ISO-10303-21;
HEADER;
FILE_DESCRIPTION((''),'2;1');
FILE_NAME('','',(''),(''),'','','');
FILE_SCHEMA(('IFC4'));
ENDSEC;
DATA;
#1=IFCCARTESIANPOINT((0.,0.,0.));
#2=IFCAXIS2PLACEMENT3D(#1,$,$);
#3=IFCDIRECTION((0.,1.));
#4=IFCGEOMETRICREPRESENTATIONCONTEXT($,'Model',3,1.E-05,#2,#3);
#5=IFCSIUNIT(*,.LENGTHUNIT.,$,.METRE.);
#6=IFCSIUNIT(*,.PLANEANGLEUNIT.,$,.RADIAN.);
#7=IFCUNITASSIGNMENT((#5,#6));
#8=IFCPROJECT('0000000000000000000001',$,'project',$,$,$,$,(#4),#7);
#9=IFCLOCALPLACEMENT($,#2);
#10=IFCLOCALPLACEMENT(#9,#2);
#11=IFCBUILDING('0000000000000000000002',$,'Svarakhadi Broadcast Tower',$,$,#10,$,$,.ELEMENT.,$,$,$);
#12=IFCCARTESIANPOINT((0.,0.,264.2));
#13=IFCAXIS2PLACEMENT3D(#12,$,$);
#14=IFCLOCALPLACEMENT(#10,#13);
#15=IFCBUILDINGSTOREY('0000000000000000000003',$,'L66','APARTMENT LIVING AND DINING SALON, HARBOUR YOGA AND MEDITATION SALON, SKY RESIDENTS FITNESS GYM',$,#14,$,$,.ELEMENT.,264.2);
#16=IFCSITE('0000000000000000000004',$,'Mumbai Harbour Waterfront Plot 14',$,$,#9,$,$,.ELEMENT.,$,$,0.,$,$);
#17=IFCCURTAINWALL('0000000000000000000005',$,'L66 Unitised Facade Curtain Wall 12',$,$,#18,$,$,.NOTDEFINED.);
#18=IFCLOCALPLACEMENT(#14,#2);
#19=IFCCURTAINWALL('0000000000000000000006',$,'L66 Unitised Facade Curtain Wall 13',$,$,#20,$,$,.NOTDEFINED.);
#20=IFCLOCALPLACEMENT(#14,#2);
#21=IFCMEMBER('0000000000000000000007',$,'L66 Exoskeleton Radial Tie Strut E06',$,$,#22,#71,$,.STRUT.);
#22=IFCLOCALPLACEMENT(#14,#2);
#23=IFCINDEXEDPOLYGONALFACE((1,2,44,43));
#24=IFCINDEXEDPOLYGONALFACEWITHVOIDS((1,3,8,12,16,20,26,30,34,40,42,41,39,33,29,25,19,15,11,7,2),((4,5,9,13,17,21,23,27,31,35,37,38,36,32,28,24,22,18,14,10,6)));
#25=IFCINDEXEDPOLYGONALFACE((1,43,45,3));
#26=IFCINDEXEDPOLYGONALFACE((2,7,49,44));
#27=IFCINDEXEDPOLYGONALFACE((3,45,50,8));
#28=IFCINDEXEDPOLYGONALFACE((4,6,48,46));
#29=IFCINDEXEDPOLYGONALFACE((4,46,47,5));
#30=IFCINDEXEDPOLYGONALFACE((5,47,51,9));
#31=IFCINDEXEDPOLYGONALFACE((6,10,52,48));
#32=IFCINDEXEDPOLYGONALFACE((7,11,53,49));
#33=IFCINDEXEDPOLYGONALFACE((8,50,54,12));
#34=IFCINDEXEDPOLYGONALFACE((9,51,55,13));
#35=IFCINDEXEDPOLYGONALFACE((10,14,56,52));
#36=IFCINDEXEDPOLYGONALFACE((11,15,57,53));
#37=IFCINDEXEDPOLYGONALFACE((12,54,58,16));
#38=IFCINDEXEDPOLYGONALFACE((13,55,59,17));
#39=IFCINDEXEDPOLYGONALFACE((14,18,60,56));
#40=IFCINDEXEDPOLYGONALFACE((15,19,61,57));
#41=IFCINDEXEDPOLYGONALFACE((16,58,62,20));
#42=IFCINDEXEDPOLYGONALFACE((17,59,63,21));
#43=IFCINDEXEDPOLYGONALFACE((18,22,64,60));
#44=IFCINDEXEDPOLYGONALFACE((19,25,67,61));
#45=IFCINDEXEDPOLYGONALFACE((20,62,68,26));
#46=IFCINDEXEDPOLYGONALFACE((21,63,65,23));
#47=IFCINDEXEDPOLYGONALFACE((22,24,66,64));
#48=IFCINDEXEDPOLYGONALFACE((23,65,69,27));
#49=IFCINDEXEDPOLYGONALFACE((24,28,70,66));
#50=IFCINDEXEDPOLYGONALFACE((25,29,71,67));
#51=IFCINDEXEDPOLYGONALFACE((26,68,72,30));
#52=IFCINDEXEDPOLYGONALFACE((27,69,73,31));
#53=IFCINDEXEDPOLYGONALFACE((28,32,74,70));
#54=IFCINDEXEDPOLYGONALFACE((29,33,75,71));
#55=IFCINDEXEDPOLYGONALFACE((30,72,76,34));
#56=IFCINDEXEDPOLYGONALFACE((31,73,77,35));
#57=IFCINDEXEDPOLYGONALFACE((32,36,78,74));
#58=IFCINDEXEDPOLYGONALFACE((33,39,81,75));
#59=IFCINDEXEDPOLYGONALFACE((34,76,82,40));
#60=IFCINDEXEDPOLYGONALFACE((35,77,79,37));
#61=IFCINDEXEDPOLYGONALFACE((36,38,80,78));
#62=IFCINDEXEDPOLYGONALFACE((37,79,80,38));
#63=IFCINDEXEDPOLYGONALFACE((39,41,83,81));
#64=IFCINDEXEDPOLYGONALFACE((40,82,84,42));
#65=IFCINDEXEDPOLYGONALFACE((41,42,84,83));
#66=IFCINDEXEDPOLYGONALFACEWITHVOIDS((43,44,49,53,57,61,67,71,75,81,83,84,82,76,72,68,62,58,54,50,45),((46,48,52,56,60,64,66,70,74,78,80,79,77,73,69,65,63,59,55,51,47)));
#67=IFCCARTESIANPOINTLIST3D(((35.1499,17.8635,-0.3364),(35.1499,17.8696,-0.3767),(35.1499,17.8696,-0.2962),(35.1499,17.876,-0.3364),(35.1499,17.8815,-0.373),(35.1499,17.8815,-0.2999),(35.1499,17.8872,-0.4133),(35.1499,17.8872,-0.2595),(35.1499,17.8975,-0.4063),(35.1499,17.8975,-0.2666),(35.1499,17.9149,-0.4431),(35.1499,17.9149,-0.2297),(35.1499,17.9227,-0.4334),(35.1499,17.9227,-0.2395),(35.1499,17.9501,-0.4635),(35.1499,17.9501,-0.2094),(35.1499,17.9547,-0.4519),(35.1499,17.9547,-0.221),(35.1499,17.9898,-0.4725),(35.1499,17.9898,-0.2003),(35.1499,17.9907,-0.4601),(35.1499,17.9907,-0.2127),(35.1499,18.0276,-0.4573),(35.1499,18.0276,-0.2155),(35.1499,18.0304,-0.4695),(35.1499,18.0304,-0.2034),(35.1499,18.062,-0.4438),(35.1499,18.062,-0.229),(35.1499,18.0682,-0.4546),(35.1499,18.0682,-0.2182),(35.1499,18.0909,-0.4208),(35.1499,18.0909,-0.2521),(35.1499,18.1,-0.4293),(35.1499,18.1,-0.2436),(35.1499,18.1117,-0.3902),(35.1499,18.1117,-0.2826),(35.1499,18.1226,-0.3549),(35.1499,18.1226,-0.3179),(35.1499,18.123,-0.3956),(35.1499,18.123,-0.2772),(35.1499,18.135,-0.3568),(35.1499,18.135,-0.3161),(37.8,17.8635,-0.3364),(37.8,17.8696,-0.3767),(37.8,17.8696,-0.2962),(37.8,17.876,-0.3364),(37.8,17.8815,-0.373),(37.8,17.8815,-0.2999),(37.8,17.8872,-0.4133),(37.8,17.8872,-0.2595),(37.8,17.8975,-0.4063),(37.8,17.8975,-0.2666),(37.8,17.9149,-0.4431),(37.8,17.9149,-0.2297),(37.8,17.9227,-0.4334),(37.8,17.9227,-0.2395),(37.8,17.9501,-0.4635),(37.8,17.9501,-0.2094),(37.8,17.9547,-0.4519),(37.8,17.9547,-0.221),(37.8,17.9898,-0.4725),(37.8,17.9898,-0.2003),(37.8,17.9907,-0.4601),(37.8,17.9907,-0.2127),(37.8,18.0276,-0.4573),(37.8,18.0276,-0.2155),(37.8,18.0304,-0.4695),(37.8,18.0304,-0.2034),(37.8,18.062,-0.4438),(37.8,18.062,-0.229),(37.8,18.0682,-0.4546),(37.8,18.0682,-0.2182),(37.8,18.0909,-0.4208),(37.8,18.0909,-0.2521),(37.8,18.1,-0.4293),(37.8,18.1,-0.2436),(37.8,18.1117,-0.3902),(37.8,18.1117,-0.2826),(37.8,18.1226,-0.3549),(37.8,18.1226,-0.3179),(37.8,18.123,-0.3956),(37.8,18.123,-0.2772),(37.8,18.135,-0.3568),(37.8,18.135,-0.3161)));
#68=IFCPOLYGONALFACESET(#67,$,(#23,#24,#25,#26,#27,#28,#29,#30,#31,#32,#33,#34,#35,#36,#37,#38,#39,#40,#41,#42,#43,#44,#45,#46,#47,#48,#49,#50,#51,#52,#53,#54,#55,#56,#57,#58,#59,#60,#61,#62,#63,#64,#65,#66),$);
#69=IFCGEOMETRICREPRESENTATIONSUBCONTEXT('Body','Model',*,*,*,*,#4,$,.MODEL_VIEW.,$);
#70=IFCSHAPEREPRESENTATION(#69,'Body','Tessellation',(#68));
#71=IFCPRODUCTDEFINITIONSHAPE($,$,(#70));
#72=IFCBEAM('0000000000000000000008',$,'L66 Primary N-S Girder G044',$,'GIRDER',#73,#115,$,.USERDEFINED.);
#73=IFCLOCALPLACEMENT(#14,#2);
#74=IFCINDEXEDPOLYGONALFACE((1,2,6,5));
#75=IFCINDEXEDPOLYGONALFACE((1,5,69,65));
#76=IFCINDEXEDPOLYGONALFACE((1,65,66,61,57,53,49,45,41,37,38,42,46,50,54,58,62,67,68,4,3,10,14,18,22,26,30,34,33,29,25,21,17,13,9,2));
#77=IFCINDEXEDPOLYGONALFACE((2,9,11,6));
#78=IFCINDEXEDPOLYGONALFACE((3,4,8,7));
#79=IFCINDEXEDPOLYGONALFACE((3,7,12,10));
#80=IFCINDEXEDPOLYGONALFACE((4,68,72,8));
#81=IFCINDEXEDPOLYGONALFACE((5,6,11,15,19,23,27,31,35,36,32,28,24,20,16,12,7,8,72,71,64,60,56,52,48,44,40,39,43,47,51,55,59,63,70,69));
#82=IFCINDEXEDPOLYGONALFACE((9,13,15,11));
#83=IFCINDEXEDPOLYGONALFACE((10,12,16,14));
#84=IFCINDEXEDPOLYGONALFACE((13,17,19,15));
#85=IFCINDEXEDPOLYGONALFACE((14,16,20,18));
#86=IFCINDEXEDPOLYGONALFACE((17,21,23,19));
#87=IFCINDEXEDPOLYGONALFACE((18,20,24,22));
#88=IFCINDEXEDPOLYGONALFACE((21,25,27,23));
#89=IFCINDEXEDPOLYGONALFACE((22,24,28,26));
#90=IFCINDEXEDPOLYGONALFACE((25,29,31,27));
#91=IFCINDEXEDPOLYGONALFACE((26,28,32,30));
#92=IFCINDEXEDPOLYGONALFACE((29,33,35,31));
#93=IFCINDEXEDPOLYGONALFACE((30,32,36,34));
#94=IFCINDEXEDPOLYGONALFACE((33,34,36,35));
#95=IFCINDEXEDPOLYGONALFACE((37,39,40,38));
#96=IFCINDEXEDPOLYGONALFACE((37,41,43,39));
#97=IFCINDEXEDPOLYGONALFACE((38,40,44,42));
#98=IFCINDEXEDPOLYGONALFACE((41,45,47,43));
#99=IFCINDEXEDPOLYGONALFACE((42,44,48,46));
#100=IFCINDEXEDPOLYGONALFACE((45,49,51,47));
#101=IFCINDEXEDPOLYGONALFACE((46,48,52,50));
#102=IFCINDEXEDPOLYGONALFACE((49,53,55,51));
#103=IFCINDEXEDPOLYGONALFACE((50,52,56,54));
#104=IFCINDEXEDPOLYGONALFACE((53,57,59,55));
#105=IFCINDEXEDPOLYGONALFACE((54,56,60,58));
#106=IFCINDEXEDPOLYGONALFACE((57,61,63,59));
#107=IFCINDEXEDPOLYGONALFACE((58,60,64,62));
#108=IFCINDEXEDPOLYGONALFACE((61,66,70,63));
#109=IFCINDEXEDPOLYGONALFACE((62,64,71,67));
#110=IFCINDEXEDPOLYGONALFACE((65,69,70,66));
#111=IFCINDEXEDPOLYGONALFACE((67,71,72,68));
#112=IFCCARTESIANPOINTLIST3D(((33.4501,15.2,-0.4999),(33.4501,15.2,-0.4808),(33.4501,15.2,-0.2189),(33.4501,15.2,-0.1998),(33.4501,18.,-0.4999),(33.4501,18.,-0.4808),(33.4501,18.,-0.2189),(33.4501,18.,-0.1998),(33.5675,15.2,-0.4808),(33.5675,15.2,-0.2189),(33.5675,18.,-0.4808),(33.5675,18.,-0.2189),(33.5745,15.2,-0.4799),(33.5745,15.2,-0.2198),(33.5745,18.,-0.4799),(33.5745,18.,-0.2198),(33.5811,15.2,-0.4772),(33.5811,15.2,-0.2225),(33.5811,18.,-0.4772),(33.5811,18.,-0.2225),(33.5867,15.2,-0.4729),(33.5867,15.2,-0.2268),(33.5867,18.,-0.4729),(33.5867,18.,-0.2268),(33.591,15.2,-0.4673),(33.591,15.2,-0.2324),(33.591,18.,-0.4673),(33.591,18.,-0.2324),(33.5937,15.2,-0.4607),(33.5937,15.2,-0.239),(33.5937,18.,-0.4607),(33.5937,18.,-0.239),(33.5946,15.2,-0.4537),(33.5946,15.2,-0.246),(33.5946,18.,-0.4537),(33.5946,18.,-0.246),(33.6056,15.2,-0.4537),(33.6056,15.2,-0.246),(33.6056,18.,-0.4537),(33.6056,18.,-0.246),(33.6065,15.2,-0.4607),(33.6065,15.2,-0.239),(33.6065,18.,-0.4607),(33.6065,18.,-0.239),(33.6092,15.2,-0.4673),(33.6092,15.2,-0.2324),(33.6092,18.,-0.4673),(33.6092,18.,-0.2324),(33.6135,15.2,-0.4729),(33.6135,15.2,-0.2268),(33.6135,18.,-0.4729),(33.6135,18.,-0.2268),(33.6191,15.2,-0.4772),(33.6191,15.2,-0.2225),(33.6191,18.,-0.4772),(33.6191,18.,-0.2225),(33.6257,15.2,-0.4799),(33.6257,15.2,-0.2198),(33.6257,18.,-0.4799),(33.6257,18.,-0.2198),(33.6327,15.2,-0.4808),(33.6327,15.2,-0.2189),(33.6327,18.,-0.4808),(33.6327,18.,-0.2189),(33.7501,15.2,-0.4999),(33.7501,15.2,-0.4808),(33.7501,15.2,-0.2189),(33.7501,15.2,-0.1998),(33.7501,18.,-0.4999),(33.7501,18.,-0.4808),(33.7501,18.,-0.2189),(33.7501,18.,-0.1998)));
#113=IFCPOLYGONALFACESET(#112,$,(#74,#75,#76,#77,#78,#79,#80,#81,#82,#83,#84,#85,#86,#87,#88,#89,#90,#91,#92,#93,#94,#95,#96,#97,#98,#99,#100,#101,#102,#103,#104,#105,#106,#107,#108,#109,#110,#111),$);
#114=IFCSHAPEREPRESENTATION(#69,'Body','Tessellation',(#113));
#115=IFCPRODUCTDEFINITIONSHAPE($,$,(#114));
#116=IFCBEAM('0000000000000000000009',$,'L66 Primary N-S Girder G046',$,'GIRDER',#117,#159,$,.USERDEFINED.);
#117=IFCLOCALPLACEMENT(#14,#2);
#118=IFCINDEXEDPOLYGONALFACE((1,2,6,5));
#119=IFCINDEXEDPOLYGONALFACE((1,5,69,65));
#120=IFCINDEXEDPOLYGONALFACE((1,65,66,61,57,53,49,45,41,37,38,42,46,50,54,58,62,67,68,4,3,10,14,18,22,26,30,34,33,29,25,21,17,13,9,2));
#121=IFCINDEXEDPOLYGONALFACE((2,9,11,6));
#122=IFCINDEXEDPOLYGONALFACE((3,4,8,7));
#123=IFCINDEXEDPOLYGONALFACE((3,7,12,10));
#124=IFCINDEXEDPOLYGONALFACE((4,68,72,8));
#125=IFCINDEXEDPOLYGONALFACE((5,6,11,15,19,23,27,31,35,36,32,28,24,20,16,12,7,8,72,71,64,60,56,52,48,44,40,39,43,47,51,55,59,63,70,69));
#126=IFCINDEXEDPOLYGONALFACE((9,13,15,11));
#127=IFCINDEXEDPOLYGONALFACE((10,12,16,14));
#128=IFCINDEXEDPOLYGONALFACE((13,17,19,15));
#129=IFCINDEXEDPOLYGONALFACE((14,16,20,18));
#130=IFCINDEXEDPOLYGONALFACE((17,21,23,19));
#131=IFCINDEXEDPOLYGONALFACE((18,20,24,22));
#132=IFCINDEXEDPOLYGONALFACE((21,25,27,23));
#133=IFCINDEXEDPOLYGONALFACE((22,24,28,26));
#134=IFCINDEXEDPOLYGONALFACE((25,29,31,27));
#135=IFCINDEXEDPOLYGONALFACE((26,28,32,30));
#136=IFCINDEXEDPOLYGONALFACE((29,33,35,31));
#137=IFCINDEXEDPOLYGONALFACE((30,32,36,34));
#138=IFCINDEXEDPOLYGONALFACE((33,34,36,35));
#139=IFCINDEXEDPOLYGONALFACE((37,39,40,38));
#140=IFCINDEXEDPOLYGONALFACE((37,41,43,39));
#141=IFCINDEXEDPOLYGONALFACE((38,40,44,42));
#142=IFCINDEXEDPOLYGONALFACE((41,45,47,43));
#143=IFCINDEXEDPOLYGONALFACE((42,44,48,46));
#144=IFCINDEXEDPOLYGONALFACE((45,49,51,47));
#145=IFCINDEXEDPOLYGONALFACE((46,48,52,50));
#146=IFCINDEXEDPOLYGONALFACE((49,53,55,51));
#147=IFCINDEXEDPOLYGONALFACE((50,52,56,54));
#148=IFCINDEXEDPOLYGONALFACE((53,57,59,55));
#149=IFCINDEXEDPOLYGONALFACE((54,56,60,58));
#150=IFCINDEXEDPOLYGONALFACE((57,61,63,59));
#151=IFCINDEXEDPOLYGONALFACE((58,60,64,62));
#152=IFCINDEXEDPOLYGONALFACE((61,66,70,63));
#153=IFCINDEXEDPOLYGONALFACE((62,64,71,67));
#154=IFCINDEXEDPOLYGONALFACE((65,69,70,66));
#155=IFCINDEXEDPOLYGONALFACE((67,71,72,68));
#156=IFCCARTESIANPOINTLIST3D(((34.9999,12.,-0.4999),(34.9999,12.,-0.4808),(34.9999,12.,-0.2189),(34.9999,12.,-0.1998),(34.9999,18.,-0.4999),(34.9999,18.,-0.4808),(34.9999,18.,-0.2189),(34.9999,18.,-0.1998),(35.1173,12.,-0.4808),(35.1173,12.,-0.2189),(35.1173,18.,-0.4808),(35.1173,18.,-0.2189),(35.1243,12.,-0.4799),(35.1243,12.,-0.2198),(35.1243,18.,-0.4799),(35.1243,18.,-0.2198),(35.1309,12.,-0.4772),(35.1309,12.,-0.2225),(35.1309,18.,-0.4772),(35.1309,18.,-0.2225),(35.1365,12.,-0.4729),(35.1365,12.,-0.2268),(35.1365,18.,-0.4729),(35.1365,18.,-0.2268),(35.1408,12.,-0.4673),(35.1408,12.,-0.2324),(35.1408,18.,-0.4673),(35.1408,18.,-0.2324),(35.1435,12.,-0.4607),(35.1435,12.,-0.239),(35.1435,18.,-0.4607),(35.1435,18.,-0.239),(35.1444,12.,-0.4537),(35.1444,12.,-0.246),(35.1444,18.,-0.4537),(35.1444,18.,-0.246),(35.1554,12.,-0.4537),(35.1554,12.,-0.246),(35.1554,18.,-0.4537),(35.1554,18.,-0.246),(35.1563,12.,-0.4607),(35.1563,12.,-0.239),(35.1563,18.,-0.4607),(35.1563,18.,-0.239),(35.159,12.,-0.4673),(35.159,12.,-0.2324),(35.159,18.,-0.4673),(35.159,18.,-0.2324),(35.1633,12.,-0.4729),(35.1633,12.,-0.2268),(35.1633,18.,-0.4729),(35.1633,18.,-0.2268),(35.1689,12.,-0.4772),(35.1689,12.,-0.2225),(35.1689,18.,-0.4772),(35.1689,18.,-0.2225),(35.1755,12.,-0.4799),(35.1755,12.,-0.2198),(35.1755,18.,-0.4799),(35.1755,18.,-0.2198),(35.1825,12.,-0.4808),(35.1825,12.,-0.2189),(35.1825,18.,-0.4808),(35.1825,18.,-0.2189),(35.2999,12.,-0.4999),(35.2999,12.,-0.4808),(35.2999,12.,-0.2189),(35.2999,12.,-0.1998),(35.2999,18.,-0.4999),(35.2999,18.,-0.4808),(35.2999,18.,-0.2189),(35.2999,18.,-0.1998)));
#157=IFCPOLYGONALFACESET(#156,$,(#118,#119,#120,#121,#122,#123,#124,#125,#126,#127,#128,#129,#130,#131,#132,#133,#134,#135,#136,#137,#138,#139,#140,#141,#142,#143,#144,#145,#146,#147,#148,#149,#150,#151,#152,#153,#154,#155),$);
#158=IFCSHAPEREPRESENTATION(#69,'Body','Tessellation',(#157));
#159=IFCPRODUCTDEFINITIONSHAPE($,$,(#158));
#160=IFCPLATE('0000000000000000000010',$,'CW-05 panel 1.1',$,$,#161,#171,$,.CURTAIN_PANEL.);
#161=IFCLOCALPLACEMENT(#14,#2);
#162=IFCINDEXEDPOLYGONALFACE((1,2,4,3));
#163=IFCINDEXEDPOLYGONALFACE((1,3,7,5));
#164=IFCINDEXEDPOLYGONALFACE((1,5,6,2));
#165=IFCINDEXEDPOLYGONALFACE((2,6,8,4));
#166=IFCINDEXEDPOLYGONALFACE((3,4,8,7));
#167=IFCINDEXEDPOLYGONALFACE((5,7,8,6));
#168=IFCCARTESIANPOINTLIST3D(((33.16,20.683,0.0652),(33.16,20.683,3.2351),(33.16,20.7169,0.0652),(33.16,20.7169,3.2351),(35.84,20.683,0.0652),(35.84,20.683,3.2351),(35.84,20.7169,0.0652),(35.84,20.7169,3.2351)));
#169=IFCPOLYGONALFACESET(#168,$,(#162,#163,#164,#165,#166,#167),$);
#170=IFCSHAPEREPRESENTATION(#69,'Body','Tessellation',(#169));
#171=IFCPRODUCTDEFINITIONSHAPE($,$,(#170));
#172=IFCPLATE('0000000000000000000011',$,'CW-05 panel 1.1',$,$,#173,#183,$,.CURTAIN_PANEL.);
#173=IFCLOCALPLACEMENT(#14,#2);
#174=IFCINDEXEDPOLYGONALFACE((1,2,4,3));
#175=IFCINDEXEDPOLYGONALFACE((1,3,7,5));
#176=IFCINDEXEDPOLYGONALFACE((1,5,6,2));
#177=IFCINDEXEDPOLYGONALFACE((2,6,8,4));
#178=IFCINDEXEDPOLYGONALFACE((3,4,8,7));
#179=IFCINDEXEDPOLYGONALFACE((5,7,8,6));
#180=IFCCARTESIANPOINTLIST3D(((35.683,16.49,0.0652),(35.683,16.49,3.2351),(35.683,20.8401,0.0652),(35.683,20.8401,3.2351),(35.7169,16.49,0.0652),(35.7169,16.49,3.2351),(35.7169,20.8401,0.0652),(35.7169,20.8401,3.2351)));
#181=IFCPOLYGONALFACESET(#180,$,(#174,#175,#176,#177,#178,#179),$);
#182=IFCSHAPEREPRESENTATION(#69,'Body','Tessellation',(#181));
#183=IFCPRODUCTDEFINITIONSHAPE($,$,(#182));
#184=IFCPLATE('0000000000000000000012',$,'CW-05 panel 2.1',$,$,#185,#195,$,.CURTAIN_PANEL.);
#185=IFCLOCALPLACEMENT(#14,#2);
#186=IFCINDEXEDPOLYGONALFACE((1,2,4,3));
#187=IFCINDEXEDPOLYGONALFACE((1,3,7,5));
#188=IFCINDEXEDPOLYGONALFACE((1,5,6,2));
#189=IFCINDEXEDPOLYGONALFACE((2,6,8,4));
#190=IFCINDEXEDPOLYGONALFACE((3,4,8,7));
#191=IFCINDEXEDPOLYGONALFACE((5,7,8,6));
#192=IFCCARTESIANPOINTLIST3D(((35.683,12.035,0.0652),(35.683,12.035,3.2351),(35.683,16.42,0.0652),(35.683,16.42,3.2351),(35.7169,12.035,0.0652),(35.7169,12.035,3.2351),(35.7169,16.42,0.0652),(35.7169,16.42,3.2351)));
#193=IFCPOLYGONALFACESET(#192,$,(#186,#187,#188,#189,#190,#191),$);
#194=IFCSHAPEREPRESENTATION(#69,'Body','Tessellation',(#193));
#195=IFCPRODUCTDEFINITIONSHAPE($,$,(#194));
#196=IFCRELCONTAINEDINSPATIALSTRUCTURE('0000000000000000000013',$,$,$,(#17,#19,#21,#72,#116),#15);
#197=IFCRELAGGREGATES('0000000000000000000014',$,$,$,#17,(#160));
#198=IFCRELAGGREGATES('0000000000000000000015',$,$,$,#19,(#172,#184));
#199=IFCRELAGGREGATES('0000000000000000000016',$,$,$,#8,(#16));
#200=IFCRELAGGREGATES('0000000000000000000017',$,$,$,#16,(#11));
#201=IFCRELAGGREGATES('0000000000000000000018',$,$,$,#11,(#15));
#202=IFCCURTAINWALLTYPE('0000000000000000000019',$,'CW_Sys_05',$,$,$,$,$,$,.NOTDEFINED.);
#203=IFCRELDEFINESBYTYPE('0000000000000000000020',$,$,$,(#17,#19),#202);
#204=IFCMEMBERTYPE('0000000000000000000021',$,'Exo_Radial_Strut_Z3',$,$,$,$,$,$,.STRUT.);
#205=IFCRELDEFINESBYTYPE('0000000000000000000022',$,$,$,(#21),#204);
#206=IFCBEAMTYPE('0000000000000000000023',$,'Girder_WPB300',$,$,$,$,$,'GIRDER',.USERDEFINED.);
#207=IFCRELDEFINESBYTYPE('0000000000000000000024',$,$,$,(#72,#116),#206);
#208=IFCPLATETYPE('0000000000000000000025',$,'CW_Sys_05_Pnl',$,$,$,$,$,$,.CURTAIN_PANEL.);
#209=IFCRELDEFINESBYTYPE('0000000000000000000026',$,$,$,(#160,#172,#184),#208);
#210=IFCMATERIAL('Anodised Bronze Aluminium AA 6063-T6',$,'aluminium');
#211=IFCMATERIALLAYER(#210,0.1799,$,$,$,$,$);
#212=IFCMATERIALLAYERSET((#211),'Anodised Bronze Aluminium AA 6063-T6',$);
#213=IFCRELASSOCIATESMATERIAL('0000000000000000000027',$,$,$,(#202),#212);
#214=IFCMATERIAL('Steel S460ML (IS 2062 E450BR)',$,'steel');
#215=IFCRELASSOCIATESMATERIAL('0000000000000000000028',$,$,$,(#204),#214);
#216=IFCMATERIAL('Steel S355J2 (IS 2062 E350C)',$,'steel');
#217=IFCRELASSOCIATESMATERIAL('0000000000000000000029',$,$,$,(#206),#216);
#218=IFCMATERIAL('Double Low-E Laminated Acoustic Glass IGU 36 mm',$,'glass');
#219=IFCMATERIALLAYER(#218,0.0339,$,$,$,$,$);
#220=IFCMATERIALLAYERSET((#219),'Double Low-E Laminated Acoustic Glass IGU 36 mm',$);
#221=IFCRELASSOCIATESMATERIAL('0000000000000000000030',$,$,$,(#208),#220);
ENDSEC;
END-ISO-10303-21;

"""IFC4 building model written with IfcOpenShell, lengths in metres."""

from ifc_helpers import new_model, si_unit, direction, frame, origin, origin_2d, place, context, subcontext, project, spatial, rectangle, hollow_circle, i_section, extrude, material, layer, layer_set, material_profile, profile_set, type_object, element, aggregate, save


model = new_model("IFC4")

# Units and contexts
model_context = context("Model", 3, precision=1e-05, world=origin(), true_north=direction((0.0, 1.0)))
body_context = subcontext(model_context, "Body", "Model", "MODEL_VIEW")
ifc_project = project(units=[si_unit("LENGTHUNIT", "METRE"), si_unit("PLANEANGLEUNIT", "RADIAN")], contexts=[model_context])

# Site, building, storey
site_placement = place(None, origin())
site = spatial("IfcSite", under=ifc_project, at=site_placement, Name="Mumbai Harbour Waterfront Plot 14", CompositionType="ELEMENT", RefElevation=0.0)
building_placement = place(site_placement, origin())
building = spatial("IfcBuilding", under=site, at=building_placement, Name="Svarakhadi Broadcast Tower", CompositionType="ELEMENT")
storey_placement = place(building_placement, frame((0.0, 0.0, 264.2)))
storey = spatial("IfcBuildingStorey", under=building, at=storey_placement, Name="L66", Description="APARTMENT LIVING AND DINING SALON, HARBOUR YOGA AND MEDITATION SALON, SKY RESIDENTS FITNESS GYM", CompositionType="ELEMENT", Elevation=264.2)

# Shared definitions
ifc_material_1 = material(Name="Steel S460ML (IS 2062 E450BR)", Category="steel")

# Curtain wall
ifc_material_2 = material(Name="Anodised Bronze Aluminium AA 6063-T6", Category="aluminium")
ifc_layer_1 = layer(ifc_material_2, 0.1799)
ifc_layer_set_1 = layer_set([ifc_layer_1], Name="Anodised Bronze Aluminium AA 6063-T6")
curtain_wall_type = type_object("IfcCurtainWallType", Name="CW_Sys_05", PredefinedType="NOTDEFINED", material=ifc_layer_set_1)
curtain_wall_1_placement = place(storey_placement, origin())
curtain_wall_1 = element("IfcCurtainWall", 1, at=curtain_wall_1_placement, inside=storey, type_object=curtain_wall_type, Name="L66 Unitised Facade Curtain Wall 12", PredefinedType="NOTDEFINED")

# Curtain wall
curtain_wall_2_placement = place(storey_placement, origin())
curtain_wall_2 = element("IfcCurtainWall", 2, at=curtain_wall_2_placement, inside=storey, type_object=curtain_wall_type, Name="L66 Unitised Facade Curtain Wall 13", PredefinedType="NOTDEFINED")

# Member
ifc_material_profile_1 = material_profile(ifc_material_1, hollow_circle(Radius=0.1365, WallThickness=0.0125, at=origin_2d()), Name="CHS 273x12.5")
ifc_profile_set_1 = profile_set([ifc_material_profile_1], Name="Steel S460ML (IS 2062 E450BR)")
member_type_1 = type_object("IfcMemberType", Name="Exo_Radial_Strut_Z3", PredefinedType="STRUT", material=ifc_profile_set_1)
member_1_placement = place(storey_placement, frame((37.8, 18.0, -0.3364), z_axis=(-1.0, 0.0, 0.0), x_axis=(0.0, -1.0, 0.0)))
element("IfcMember", 3, at=member_1_placement, inside=storey, type_object=member_type_1, Name="L66 Exoskeleton Radial Tie Strut E06", PredefinedType="STRUT", context=body_context, shape_type="SweptSolid", body=[
    extrude(hollow_circle(Radius=0.1365, WallThickness=0.0125, at=origin_2d()), origin(), (0.0, 0.0, 1.0), 2.6501),
])

# Beams
ifc_material_3 = material(Name="Steel S355J2 (IS 2062 E350C)", Category="steel")
ifc_material_profile_2 = material_profile(ifc_material_3, i_section(OverallWidth=0.3, OverallDepth=0.3, WebThickness=0.011, FlangeThickness=0.019, FilletRadius=0.0271, at=origin_2d()), Name="WPB 300x300x117")
ifc_profile_set_2 = profile_set([ifc_material_profile_2], Name="Steel S355J2 (IS 2062 E350C)")
beam_type = type_object("IfcBeamType", Name="Girder_WPB300", ElementType="GIRDER", PredefinedType="USERDEFINED", material=ifc_profile_set_2)
beam_1_placement = place(storey_placement, frame((33.6001, 15.2, -0.3499), z_axis=(0.0, 1.0, 0.0), x_axis=(-1.0, 0.0, 0.0)))
element("IfcBeam", 4, at=beam_1_placement, inside=storey, type_object=beam_type, Name="L66 Primary N-S Girder G044", ObjectType="GIRDER", PredefinedType="USERDEFINED", context=body_context, shape_type="SweptSolid", body=[
    extrude(i_section(OverallWidth=0.3, OverallDepth=0.3, WebThickness=0.011, FlangeThickness=0.019, FilletRadius=0.0271, at=origin_2d()), origin(), (0.0, 0.0, 1.0), 2.8),
])
beam_2_placement = place(storey_placement, frame((35.1499, 12.0, -0.3499), z_axis=(0.0, 1.0, 0.0), x_axis=(-1.0, 0.0, 0.0)))
element("IfcBeam", 5, at=beam_2_placement, inside=storey, type_object=beam_type, Name="L66 Primary N-S Girder G046", ObjectType="GIRDER", PredefinedType="USERDEFINED", context=body_context, shape_type="SweptSolid", body=[
    extrude(i_section(OverallWidth=0.3, OverallDepth=0.3, WebThickness=0.011, FlangeThickness=0.019, FilletRadius=0.0271, at=origin_2d()), origin(), (0.0, 0.0, 1.0), 6.0),
])

# Plates
ifc_material_4 = material(Name="Double Low-E Laminated Acoustic Glass IGU 36 mm", Category="glass")
ifc_layer_2 = layer(ifc_material_4, 0.0339)
ifc_layer_set_2 = layer_set([ifc_layer_2], Name="Double Low-E Laminated Acoustic Glass IGU 36 mm")
plate_type_1 = type_object("IfcPlateType", Name="CW_Sys_05_Pnl", PredefinedType="CURTAIN_PANEL", material=ifc_layer_set_2)
plate_1_placement = place(storey_placement, frame((34.5, 20.7, 0.0652), z_axis=(0.0, 0.0, 1.0), x_axis=(1.0, 0.0, 0.0)))
plate_1 = element("IfcPlate", 6, at=plate_1_placement, type_object=plate_type_1, Name="CW-05 panel 1.1", PredefinedType="CURTAIN_PANEL", context=body_context, shape_type="SweptSolid", body=[
    extrude(rectangle(XDim=2.6799, YDim=0.0339, at=origin_2d()), origin(), (0.0, 0.0, 1.0), 3.1699),
])
aggregate(curtain_wall_1, [plate_1])
plate_2_placement = place(storey_placement, frame((35.7, 18.665, 0.0652), z_axis=(0.0, 0.0, 1.0), x_axis=(0.0, -1.0, 0.0)))
plate_2 = element("IfcPlate", 7, at=plate_2_placement, type_object=plate_type_1, Name="CW-05 panel 1.1", PredefinedType="CURTAIN_PANEL", context=body_context, shape_type="SweptSolid", body=[
    extrude(rectangle(XDim=4.3501, YDim=0.0339, at=origin_2d()), origin(), (0.0, 0.0, 1.0), 3.1699),
])
plate_3_placement = place(storey_placement, frame((35.7, 14.2275, 0.0652), z_axis=(0.0, 0.0, 1.0), x_axis=(0.0, -1.0, 0.0)))
plate_3 = element("IfcPlate", 8, at=plate_3_placement, type_object=plate_type_1, Name="CW-05 panel 2.1", PredefinedType="CURTAIN_PANEL", context=body_context, shape_type="SweptSolid", body=[
    extrude(rectangle(XDim=4.385, YDim=0.0339, at=origin_2d()), origin(), (0.0, 0.0, 1.0), 3.1699),
])
aggregate(curtain_wall_2, [plate_2, plate_3])

save(model, "model.ifc")
